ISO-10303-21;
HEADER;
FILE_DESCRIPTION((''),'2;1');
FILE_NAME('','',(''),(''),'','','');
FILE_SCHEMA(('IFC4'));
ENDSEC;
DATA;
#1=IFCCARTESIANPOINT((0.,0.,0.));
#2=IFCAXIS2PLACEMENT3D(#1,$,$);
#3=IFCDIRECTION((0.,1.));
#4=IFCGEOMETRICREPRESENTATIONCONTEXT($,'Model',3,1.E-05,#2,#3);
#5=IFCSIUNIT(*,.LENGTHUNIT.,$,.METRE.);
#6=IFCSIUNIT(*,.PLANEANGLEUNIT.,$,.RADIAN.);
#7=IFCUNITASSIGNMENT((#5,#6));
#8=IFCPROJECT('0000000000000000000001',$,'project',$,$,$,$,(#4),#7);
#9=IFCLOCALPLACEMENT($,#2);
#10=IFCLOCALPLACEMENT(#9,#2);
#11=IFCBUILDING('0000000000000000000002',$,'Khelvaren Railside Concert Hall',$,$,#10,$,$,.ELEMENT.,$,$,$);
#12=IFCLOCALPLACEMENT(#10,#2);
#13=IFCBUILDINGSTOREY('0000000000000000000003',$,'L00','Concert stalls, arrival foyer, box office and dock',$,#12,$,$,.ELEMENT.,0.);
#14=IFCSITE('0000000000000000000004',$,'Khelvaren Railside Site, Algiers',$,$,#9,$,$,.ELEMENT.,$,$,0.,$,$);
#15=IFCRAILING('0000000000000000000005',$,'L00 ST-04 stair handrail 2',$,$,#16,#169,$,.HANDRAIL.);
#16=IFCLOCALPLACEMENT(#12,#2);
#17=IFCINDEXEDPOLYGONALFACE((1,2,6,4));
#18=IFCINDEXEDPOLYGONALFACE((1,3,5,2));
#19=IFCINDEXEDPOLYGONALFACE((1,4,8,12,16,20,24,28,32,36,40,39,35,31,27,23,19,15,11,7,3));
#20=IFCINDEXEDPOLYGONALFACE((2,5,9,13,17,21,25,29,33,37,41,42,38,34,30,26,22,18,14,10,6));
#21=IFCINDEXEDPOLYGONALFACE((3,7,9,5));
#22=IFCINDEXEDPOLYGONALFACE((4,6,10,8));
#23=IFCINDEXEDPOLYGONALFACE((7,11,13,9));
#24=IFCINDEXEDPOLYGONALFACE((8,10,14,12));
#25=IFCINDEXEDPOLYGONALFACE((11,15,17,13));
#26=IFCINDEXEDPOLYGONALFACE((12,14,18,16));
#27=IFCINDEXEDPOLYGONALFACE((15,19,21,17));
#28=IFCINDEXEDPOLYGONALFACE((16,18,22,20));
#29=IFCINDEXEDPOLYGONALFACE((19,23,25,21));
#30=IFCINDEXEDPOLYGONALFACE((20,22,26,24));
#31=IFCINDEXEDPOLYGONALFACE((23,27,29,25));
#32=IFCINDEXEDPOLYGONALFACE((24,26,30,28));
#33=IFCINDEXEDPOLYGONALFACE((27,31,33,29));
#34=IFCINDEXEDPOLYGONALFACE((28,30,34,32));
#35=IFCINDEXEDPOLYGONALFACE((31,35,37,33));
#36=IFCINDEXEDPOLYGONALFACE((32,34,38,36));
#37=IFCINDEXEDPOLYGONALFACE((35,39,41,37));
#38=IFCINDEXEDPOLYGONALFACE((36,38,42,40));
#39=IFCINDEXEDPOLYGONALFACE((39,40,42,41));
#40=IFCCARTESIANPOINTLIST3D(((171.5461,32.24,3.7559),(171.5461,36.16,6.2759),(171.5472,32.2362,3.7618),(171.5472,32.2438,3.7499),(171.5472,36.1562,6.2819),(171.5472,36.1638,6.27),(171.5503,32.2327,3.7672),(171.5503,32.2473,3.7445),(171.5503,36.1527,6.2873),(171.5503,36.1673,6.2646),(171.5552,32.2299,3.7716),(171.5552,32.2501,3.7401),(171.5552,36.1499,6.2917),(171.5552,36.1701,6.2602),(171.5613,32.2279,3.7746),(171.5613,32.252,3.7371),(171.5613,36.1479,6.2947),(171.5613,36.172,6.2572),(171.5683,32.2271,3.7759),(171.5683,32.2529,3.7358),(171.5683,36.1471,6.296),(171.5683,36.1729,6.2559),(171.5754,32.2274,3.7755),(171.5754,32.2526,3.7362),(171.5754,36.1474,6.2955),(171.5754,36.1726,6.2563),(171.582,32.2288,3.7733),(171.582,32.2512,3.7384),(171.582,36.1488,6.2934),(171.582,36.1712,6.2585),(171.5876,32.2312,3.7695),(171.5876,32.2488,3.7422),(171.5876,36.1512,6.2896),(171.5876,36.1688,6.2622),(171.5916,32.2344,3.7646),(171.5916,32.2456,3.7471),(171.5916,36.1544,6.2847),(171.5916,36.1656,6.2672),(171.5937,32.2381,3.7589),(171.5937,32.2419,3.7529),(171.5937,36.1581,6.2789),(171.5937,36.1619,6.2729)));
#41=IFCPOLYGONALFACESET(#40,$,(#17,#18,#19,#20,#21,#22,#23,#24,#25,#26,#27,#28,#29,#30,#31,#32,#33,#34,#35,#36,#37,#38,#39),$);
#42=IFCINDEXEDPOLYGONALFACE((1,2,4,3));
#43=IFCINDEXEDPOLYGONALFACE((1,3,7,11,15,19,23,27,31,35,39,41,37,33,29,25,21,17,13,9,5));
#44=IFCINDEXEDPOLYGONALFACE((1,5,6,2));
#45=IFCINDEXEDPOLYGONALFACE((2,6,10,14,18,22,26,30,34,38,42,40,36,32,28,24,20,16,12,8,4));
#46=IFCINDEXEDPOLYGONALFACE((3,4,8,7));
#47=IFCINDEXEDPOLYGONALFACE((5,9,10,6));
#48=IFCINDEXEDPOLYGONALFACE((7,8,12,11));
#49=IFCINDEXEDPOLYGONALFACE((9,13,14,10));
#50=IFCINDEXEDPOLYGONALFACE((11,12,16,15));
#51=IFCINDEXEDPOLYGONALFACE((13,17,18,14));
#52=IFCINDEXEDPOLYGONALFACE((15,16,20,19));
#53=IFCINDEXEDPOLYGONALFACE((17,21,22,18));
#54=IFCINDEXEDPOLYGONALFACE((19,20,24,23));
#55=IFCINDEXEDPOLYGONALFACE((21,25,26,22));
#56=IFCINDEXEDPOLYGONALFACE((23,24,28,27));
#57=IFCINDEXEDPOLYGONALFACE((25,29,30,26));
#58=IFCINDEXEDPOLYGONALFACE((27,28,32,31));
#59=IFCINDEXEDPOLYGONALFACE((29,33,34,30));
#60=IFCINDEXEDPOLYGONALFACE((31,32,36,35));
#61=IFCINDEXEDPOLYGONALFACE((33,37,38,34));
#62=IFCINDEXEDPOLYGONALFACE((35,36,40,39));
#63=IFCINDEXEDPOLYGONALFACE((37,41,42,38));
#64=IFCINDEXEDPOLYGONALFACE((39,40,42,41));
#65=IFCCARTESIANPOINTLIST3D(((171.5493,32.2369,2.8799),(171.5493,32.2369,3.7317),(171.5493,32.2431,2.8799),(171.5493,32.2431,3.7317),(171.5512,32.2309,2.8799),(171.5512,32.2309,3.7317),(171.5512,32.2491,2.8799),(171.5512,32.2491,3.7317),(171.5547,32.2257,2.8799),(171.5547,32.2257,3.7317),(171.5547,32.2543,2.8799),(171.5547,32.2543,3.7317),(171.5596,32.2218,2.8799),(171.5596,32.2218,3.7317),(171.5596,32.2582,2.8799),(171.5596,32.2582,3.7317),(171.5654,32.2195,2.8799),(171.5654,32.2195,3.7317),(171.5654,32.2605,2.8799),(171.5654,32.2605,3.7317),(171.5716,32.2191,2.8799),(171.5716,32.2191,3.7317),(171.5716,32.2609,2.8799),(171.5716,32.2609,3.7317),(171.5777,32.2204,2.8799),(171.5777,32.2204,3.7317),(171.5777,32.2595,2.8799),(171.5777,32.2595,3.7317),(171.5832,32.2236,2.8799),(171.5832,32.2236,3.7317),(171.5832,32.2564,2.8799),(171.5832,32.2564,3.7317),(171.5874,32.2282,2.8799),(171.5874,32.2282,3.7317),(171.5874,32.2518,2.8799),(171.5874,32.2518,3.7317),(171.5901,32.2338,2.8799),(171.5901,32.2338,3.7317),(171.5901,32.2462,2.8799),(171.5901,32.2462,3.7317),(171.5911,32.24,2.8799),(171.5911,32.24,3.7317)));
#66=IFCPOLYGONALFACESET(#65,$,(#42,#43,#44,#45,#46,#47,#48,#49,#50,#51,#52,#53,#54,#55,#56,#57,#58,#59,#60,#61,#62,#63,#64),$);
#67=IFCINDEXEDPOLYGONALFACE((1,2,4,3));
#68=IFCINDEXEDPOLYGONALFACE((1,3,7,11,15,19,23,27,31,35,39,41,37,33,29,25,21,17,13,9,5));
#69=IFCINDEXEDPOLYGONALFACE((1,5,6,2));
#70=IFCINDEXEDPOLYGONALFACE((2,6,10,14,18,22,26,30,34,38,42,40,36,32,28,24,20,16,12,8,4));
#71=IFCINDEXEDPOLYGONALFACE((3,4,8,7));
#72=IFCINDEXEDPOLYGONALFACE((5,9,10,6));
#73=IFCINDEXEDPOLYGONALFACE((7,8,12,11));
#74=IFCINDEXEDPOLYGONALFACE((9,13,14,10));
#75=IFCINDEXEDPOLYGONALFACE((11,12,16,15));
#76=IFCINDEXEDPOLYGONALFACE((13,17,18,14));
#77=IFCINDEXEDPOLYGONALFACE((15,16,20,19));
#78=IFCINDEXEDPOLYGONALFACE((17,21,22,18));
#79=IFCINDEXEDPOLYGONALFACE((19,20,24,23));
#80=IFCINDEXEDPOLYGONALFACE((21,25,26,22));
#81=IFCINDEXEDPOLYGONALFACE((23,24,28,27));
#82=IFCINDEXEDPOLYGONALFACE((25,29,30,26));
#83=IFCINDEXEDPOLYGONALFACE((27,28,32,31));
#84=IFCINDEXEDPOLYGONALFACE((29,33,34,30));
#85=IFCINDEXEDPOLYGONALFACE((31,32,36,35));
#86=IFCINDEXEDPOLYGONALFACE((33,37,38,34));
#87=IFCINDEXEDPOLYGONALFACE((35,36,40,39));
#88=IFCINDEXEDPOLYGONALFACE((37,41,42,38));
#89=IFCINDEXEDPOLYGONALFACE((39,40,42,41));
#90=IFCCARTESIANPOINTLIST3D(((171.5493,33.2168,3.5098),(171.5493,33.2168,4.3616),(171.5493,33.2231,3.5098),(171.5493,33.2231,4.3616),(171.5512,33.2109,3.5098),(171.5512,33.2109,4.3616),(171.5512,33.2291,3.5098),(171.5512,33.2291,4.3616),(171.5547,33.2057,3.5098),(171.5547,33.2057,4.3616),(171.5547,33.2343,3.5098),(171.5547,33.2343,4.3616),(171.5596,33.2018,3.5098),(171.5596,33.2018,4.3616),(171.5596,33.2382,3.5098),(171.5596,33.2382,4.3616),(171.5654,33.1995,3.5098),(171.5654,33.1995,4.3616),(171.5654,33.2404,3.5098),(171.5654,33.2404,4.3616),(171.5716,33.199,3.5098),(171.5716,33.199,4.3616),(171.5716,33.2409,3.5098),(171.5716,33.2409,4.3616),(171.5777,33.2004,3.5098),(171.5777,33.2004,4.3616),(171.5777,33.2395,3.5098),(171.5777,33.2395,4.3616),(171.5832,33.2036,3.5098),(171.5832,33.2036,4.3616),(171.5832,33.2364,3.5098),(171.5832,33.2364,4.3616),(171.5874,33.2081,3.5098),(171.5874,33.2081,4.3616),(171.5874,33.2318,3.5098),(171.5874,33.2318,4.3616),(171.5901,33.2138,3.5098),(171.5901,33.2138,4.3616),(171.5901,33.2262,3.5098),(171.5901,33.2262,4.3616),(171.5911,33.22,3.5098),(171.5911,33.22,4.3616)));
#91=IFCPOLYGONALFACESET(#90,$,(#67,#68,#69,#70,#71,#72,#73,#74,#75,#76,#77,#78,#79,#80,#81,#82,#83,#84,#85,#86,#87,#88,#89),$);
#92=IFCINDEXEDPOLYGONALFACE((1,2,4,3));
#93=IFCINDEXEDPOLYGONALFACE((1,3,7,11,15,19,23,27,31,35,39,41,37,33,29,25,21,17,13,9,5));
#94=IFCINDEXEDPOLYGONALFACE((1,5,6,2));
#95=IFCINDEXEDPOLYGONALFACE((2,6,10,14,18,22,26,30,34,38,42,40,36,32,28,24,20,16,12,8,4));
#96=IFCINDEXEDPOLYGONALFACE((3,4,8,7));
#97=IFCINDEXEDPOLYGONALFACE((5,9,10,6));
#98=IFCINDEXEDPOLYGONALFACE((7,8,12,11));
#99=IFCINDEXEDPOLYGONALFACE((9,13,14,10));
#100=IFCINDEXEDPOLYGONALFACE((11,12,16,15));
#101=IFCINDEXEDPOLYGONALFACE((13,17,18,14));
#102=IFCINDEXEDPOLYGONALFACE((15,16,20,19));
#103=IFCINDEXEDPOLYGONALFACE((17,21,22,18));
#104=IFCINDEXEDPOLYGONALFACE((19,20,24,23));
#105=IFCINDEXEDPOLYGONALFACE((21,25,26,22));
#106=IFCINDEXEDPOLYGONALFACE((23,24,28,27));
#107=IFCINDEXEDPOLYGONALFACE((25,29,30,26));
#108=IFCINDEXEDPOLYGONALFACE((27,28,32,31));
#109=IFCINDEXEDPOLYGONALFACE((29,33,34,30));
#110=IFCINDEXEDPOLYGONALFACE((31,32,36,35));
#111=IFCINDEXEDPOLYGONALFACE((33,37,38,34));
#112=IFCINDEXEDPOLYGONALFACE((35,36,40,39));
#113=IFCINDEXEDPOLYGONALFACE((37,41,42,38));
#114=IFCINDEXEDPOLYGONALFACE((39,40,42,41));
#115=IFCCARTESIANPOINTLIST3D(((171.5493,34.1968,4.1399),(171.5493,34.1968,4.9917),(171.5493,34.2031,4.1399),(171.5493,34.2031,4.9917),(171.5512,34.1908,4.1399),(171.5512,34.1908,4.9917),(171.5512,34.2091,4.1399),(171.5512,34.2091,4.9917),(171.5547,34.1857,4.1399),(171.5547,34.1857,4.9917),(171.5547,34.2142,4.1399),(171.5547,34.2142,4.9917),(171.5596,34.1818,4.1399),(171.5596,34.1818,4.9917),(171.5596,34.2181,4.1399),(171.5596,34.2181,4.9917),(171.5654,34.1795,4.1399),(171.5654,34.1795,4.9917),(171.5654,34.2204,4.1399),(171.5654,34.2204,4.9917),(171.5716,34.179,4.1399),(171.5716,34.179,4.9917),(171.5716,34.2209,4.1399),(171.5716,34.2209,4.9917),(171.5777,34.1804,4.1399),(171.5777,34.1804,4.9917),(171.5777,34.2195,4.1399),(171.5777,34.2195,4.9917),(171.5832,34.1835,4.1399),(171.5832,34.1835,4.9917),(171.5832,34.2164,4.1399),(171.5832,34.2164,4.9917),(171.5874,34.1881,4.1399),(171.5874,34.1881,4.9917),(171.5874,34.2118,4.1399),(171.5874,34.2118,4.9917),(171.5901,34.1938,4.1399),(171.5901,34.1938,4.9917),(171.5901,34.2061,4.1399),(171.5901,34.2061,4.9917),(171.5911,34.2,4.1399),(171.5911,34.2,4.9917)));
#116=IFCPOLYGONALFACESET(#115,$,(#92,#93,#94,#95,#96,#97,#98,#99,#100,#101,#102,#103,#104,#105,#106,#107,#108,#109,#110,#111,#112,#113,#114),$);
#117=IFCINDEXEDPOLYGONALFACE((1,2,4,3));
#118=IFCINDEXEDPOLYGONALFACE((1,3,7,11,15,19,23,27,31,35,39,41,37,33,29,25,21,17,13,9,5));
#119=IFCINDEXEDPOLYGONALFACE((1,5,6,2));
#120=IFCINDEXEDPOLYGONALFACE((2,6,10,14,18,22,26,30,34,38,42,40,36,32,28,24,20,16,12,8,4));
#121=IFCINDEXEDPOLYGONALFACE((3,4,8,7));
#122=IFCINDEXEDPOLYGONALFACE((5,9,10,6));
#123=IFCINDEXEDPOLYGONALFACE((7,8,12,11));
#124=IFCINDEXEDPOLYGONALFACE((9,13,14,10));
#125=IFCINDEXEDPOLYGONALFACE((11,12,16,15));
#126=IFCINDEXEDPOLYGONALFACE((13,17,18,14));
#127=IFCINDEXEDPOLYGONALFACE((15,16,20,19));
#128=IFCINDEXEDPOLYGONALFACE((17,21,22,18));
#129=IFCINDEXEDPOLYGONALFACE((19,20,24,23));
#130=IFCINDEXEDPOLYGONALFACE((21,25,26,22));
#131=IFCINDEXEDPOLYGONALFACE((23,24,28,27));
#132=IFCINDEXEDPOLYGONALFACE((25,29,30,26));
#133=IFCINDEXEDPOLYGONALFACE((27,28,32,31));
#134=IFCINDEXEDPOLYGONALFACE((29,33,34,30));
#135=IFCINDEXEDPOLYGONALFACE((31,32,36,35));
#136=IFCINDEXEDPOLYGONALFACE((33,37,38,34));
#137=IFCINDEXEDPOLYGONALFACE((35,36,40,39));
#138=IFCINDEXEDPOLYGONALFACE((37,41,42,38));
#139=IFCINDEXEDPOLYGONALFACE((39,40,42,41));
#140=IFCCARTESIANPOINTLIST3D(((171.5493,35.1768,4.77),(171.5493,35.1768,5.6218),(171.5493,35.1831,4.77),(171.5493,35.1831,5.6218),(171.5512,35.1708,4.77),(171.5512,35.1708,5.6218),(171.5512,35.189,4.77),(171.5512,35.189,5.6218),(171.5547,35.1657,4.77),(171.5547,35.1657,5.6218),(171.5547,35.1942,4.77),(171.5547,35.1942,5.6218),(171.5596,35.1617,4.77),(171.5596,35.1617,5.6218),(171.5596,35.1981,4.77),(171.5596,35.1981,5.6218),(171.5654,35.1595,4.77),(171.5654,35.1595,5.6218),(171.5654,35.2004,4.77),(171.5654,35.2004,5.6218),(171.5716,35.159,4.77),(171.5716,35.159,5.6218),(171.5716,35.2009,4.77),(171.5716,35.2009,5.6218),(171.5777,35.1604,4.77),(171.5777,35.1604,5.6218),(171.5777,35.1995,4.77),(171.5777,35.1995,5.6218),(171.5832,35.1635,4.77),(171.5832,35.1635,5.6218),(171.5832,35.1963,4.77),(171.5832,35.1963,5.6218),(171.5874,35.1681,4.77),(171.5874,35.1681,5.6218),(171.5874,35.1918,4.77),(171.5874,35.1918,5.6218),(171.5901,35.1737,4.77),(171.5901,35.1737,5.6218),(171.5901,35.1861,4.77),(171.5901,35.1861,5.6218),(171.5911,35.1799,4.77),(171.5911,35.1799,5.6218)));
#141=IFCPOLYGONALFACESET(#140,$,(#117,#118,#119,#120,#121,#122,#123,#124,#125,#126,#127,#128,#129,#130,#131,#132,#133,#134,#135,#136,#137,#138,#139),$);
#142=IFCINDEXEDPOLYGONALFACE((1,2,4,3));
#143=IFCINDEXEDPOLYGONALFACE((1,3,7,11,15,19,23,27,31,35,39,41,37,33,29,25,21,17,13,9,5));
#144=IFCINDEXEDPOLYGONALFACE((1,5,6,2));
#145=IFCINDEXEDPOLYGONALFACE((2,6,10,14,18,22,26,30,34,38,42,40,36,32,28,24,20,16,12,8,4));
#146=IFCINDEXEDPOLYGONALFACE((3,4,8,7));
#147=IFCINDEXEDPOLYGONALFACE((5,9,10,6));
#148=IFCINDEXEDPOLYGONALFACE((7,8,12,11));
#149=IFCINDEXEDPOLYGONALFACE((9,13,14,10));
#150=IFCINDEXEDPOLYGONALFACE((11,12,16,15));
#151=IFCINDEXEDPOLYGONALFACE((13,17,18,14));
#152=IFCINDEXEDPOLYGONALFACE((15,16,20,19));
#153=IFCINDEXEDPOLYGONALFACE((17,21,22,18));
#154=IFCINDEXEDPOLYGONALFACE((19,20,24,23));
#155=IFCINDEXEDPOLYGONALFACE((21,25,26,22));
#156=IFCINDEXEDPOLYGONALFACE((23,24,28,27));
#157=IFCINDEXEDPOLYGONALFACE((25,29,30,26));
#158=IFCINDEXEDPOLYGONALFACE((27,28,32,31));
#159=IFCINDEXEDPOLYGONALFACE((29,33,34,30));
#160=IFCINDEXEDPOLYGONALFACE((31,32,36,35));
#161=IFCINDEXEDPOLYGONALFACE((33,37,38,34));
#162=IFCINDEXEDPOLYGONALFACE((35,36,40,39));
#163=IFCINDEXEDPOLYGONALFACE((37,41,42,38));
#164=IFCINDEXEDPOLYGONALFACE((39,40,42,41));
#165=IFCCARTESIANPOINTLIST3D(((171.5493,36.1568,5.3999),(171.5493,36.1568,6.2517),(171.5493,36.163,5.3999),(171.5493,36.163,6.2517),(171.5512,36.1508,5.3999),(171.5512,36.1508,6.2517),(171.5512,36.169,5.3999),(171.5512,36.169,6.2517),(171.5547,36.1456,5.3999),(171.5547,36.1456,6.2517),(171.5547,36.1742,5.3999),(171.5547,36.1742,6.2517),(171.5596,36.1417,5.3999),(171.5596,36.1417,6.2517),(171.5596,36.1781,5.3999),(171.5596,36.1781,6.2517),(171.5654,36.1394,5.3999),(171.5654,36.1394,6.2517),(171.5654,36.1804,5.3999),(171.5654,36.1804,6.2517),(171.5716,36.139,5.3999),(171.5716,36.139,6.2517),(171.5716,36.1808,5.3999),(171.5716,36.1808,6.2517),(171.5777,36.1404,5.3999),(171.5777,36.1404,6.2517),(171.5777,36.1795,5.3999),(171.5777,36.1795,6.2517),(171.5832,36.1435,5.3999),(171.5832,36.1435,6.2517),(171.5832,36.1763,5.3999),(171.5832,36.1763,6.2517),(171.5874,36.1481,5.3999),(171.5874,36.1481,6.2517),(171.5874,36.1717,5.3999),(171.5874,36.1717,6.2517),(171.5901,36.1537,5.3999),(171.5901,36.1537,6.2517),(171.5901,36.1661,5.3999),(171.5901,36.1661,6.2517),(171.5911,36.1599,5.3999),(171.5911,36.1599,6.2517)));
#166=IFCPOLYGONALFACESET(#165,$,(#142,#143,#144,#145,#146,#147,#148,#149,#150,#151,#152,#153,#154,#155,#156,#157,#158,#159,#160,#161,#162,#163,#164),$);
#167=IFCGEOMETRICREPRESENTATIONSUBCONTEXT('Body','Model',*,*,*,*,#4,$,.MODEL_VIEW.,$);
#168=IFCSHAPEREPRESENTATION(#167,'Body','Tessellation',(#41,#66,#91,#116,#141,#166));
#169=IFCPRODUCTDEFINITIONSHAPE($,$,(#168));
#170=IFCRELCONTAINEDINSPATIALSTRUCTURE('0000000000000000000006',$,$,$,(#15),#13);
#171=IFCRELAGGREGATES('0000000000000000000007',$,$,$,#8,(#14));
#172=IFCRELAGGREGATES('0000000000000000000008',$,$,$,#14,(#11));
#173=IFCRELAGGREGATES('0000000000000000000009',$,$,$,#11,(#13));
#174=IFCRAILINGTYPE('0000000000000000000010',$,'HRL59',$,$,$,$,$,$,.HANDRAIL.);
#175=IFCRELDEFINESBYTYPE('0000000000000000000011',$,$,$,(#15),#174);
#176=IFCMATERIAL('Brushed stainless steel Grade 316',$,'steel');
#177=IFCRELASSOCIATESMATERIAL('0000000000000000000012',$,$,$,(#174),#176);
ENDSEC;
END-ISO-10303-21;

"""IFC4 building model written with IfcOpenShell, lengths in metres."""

from ifc_helpers import new_model, si_unit, direction, frame, origin, origin_2d, place, context, subcontext, project, spatial, circle, extrude, material, type_object, element, save


model = new_model("IFC4")

# Units and contexts
model_context = context("Model", 3, precision=1e-05, world=origin(), true_north=direction((0.0, 1.0)))
body_context = subcontext(model_context, "Body", "Model", "MODEL_VIEW")
ifc_project = project(units=[si_unit("LENGTHUNIT", "METRE"), si_unit("PLANEANGLEUNIT", "RADIAN")], contexts=[model_context])

# Site, building, storey
site_placement = place(None, origin())
site = spatial("IfcSite", under=ifc_project, at=site_placement, Name="Khelvaren Railside Site, Algiers", CompositionType="ELEMENT", RefElevation=0.0)
building_placement = place(site_placement, origin())
building = spatial("IfcBuilding", under=site, at=building_placement, Name="Khelvaren Railside Concert Hall", CompositionType="ELEMENT")
storey_placement = place(building_placement, origin())
storey = spatial("IfcBuildingStorey", under=building, at=storey_placement, Name="L00", Description="Concert stalls, arrival foyer, box office and dock", CompositionType="ELEMENT", Elevation=0.0)

# Railing
ifc_material_1 = material(Name="Brushed stainless steel Grade 316", Category="steel")
railing_type_1 = type_object("IfcRailingType", Name="HRL59", PredefinedType="HANDRAIL", material=ifc_material_1)
railing_1_placement = place(storey_placement, frame((171.5701, 32.24, 2.8799)))
element("IfcRailing", 1, at=railing_1_placement, inside=storey, type_object=railing_type_1, Name="L00 ST-04 stair handrail 2", PredefinedType="HANDRAIL", context=body_context, shape_type="SweptSolid", body=[
    extrude(circle(Radius=0.0239, at=origin_2d()), frame((0.0, 0.0, 0.876), z_axis=(0.0, 0.841172, 0.540768), x_axis=(-1.0, 0.0, 0.0)), (0.0, 0.0, 1.0), 4.6602),
    extrude(circle(Radius=0.021, at=origin_2d()), origin(), (0.0, 0.0, 1.0), 0.8518),
    extrude(circle(Radius=0.021, at=origin_2d()), frame((0.0, 0.98, 0.6299)), (0.0, 0.0, 1.0), 0.8518),
    extrude(circle(Radius=0.021, at=origin_2d()), frame((0.0, 1.96, 1.26)), (0.0, 0.0, 1.0), 0.8518),
    extrude(circle(Radius=0.021, at=origin_2d()), frame((0.0, 2.9399, 1.8901)), (0.0, 0.0, 1.0), 0.8518),
    extrude(circle(Radius=0.021, at=origin_2d()), frame((0.0, 3.9199, 2.52)), (0.0, 0.0, 1.0), 0.8518),
])

save(model, "model.ifc")
